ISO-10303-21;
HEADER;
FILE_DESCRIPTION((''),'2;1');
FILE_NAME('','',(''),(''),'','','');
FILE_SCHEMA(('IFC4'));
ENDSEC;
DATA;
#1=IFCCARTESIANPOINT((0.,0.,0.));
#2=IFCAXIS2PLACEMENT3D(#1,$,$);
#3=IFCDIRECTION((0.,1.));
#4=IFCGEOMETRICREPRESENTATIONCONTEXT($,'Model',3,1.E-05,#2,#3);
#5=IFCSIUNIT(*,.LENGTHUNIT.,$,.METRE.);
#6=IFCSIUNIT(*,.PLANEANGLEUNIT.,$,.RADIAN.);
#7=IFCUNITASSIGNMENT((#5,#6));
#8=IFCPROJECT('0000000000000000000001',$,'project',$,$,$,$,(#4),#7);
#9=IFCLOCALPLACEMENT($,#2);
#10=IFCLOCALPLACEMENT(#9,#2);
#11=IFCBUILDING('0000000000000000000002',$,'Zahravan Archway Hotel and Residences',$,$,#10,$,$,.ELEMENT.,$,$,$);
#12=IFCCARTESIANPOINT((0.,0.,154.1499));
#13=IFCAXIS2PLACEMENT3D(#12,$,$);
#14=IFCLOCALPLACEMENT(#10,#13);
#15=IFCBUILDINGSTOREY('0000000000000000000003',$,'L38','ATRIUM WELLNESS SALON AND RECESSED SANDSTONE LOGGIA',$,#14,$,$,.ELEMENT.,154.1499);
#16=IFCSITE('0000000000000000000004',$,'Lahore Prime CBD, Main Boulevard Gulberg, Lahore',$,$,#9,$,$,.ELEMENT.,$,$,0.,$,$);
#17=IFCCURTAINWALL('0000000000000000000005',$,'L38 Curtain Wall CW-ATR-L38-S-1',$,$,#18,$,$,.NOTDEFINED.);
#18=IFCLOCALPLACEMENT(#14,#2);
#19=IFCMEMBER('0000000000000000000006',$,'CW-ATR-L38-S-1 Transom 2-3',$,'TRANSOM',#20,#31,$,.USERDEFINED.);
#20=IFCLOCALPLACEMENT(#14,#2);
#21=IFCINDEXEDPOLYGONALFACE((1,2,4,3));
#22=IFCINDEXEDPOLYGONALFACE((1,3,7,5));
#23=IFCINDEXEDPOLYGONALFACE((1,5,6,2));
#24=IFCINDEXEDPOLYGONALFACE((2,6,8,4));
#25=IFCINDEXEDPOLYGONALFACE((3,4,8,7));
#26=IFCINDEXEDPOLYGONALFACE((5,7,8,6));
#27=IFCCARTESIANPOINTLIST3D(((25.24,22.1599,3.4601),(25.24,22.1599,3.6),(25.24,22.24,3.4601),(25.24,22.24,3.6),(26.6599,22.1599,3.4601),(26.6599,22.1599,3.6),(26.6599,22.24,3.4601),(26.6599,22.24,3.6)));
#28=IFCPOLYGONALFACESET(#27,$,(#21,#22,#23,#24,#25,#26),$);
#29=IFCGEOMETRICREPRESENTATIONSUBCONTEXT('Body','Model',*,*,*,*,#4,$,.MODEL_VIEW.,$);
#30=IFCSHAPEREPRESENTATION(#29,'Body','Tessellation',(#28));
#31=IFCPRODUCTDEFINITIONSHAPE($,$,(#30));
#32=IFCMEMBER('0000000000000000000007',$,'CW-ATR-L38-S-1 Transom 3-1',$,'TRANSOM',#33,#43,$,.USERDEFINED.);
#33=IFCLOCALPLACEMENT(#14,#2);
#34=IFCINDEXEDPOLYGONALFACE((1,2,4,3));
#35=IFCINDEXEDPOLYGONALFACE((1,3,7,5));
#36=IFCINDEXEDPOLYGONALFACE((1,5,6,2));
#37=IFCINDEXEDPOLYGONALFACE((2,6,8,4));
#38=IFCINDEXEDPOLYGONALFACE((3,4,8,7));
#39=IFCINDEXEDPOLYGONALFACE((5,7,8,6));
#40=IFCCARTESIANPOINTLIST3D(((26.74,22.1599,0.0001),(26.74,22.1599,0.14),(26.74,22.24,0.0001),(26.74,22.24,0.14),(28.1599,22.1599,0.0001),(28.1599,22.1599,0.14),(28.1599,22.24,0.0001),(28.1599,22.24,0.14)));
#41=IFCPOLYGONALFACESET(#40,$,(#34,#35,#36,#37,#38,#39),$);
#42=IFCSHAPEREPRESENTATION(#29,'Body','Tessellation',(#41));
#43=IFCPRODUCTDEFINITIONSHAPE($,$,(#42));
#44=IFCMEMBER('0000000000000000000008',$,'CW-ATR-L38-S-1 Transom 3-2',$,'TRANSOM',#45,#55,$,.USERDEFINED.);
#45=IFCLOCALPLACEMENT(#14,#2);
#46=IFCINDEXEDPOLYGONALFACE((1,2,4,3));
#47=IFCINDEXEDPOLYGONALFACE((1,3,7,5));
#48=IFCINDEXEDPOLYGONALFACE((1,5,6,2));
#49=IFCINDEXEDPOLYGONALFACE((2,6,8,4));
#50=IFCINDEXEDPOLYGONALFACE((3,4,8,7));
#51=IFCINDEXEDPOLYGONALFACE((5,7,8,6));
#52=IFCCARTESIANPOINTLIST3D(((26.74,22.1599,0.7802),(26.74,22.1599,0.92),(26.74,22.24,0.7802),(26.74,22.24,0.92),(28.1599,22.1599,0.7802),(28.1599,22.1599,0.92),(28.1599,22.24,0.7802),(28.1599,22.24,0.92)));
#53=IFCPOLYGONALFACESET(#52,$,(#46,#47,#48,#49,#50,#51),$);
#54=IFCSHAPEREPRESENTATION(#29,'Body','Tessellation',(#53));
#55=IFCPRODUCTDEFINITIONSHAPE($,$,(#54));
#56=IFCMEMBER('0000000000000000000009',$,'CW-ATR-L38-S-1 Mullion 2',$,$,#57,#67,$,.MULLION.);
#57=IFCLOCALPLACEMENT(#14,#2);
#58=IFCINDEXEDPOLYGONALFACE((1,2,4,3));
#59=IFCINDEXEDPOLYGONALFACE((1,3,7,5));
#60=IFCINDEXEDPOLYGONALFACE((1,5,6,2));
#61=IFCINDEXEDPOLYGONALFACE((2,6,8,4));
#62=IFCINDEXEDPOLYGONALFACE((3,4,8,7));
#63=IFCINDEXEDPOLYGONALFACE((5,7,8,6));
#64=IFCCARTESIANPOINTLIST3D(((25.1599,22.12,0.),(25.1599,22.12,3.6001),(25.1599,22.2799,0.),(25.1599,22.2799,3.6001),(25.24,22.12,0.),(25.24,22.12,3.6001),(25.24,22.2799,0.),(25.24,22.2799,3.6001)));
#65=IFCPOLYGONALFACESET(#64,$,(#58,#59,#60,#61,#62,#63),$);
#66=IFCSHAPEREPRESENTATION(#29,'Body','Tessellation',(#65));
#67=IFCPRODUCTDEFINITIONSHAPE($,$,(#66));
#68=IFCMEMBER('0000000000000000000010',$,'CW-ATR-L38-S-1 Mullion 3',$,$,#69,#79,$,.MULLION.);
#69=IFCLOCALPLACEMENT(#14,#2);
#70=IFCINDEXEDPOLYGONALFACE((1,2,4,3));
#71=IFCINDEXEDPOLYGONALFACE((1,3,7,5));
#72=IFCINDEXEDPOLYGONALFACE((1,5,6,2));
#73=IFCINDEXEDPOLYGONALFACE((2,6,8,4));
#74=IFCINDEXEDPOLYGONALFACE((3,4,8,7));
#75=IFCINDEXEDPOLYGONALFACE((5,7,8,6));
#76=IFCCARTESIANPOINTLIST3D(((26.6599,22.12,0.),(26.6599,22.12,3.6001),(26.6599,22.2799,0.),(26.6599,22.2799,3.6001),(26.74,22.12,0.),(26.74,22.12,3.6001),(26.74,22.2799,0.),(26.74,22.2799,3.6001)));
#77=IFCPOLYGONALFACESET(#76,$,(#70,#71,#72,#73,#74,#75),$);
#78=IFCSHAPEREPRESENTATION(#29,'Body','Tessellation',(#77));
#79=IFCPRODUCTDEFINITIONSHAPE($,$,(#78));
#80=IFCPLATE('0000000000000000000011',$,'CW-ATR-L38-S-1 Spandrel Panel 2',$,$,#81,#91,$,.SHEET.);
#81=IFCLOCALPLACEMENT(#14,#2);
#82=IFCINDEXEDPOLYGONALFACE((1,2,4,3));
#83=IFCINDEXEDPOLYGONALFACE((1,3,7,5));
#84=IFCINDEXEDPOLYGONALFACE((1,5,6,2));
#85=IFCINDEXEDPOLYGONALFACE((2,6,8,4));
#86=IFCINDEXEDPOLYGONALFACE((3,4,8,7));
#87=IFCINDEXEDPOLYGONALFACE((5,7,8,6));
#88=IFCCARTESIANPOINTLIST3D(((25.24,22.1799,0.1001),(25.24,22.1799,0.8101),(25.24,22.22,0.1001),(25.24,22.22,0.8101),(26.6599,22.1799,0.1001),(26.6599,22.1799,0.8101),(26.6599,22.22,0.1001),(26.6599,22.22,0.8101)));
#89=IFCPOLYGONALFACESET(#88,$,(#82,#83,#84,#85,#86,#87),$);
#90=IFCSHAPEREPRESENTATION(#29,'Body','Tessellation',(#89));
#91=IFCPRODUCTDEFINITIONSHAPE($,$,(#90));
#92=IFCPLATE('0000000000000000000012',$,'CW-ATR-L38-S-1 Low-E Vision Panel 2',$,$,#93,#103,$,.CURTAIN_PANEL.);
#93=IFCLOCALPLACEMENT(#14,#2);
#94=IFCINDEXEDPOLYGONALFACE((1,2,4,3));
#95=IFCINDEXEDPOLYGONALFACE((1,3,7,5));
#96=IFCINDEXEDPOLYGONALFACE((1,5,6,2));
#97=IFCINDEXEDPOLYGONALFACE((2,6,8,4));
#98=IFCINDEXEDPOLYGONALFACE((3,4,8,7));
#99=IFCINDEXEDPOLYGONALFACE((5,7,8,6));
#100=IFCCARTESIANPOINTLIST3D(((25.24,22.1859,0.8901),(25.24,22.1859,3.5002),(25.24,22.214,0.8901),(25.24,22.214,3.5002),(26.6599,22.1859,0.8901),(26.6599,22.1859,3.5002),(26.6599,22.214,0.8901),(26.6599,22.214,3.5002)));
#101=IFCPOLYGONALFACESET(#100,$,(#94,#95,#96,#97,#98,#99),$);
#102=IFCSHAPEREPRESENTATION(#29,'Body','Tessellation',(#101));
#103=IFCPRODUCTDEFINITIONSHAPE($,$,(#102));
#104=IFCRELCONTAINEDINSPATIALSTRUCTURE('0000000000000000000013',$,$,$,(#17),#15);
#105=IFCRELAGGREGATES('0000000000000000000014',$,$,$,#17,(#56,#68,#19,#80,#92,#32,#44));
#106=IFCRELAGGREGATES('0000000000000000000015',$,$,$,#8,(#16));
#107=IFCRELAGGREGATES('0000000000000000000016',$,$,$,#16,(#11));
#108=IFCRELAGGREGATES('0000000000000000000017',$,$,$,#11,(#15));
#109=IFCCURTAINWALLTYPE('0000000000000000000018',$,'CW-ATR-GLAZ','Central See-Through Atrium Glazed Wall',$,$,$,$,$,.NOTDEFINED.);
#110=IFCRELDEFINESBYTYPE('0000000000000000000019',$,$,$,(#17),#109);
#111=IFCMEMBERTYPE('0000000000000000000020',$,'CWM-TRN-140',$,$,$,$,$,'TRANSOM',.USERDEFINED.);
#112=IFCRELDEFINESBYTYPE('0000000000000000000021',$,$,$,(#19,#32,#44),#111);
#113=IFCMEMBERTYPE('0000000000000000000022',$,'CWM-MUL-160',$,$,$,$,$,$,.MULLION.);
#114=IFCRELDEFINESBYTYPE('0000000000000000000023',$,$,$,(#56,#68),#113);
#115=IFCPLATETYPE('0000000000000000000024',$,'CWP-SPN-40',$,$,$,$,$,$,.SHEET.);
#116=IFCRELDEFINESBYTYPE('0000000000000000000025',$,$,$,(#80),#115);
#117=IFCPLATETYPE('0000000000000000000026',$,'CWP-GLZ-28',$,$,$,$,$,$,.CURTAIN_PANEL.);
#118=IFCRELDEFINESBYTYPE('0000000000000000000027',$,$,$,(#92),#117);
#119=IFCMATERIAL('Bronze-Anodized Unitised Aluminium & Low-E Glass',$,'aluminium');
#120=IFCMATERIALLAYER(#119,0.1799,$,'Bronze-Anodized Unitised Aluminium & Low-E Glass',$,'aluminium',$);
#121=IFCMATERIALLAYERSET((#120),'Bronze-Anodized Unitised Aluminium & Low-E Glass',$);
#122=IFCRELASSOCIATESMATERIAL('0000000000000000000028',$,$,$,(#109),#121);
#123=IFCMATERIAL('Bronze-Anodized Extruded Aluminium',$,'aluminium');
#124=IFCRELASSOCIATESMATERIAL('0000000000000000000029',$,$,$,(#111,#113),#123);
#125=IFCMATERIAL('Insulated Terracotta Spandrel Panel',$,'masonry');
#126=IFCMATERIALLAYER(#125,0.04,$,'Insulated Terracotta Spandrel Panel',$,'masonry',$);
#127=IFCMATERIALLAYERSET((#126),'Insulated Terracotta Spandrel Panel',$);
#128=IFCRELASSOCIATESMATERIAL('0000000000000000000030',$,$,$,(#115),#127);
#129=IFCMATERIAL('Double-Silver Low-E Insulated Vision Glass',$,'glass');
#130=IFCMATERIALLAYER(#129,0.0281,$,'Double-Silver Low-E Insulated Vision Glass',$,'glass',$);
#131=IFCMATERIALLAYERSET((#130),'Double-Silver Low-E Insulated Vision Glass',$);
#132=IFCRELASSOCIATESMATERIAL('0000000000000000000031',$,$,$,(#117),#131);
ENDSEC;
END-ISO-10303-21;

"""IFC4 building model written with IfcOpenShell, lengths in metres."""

from ifc_helpers import new_model, si_unit, direction, frame, origin, origin_2d, place, context, subcontext, project, spatial, rectangle, extrude, source, transform, mapped, material, layer, layer_set, material_profile, profile_set, type_object, element, aggregate, save


model = new_model("IFC4")

# Units and contexts
model_context = context("Model", 3, precision=1e-05, world=origin(), true_north=direction((0.0, 1.0)))
body_context = subcontext(model_context, "Body", "Model", "MODEL_VIEW")
ifc_project = project(units=[si_unit("LENGTHUNIT", "METRE"), si_unit("PLANEANGLEUNIT", "RADIAN")], contexts=[model_context])

# Site, building, storey
site_placement = place(None, origin())
site = spatial("IfcSite", under=ifc_project, at=site_placement, Name="Lahore Prime CBD, Main Boulevard Gulberg, Lahore", CompositionType="ELEMENT", RefElevation=0.0)
building_placement = place(site_placement, origin())
building = spatial("IfcBuilding", under=site, at=building_placement, Name="Zahravan Archway Hotel and Residences", CompositionType="ELEMENT")
storey_placement = place(building_placement, frame((0.0, 0.0, 154.1499)))
storey = spatial("IfcBuildingStorey", under=building, at=storey_placement, Name="L38", Description="ATRIUM WELLNESS SALON AND RECESSED SANDSTONE LOGGIA", CompositionType="ELEMENT", Elevation=154.1499)

# Curtain wall, members, plates
ifc_material_1 = material(Name="Bronze-Anodized Unitised Aluminium & Low-E Glass", Category="aluminium")
ifc_layer_1 = layer(ifc_material_1, 0.1799, Name="Bronze-Anodized Unitised Aluminium & Low-E Glass", Category="aluminium")
ifc_layer_set_1 = layer_set([ifc_layer_1], Name="Bronze-Anodized Unitised Aluminium & Low-E Glass")
curtain_wall_type = type_object("IfcCurtainWallType", Name="CW-ATR-GLAZ", Description="Central See-Through Atrium Glazed Wall", PredefinedType="NOTDEFINED", material=ifc_layer_set_1)
curtain_wall_placement = place(storey_placement, origin())
curtain_wall = element("IfcCurtainWall", 1, at=curtain_wall_placement, inside=storey, type_object=curtain_wall_type, Name="L38 Curtain Wall CW-ATR-L38-S-1", PredefinedType="NOTDEFINED")
ifc_material_2 = material(Name="Bronze-Anodized Extruded Aluminium", Category="aluminium")
ifc_material_profile_1 = material_profile(ifc_material_2, rectangle(XDim=0.0801, YDim=0.1399, at=origin_2d()), Name="TRN 80x140", Category="aluminium")
ifc_profile_set_1 = profile_set([ifc_material_profile_1], Name="Bronze-Anodized Extruded Aluminium")
member_type_1 = type_object("IfcMemberType", Name="CWM-TRN-140", ElementType="TRANSOM", PredefinedType="USERDEFINED", material=ifc_profile_set_1)
shared_shape_1 = source(origin(), body_context, "Body", "SweptSolid", [
    extrude(rectangle(XDim=0.0801, YDim=0.1399, at=origin_2d()), origin(), (0.0, 0.0, 1.0), 1.4199),
])
member_1_placement = place(storey_placement, frame((25.24, 22.2, 3.53), z_axis=(1.0, 0.0, 0.0), x_axis=(0.0, 1.0, 0.0)))
member_1 = element("IfcMember", 2, at=member_1_placement, type_object=member_type_1, Name="CW-ATR-L38-S-1 Transom 2-3", ObjectType="TRANSOM", PredefinedType="USERDEFINED", context=body_context, shape_type="MappedRepresentation", body=[
    mapped(shared_shape_1, transform((0.0, 0.0, 0.0), scale=1.0)),
])
member_2_placement = place(storey_placement, frame((26.74, 22.2, 0.0701), z_axis=(1.0, 0.0, 0.0), x_axis=(0.0, 1.0, 0.0)))
member_2 = element("IfcMember", 3, at=member_2_placement, type_object=member_type_1, Name="CW-ATR-L38-S-1 Transom 3-1", ObjectType="TRANSOM", PredefinedType="USERDEFINED", context=body_context, shape_type="MappedRepresentation", body=[
    mapped(shared_shape_1, transform((0.0, 0.0, 0.0), scale=1.0)),
])
member_3_placement = place(storey_placement, frame((26.74, 22.2, 0.8501), z_axis=(1.0, 0.0, 0.0), x_axis=(0.0, 1.0, 0.0)))
member_3 = element("IfcMember", 4, at=member_3_placement, type_object=member_type_1, Name="CW-ATR-L38-S-1 Transom 3-2", ObjectType="TRANSOM", PredefinedType="USERDEFINED", context=body_context, shape_type="MappedRepresentation", body=[
    mapped(shared_shape_1, transform((0.0, 0.0, 0.0), scale=1.0)),
])
ifc_material_profile_2 = material_profile(ifc_material_2, rectangle(XDim=0.0801, YDim=0.1599, at=origin_2d()), Name="MUL 80x160", Category="aluminium")
ifc_profile_set_2 = profile_set([ifc_material_profile_2], Name="Bronze-Anodized Extruded Aluminium")
member_type_2 = type_object("IfcMemberType", Name="CWM-MUL-160", PredefinedType="MULLION", material=ifc_profile_set_2)
shared_shape_2 = source(origin(), body_context, "Body", "SweptSolid", [
    extrude(rectangle(XDim=0.0801, YDim=0.1599, at=origin_2d()), origin(), (0.0, 0.0, 1.0), 3.6001),
])
member_4_placement = place(storey_placement, frame((25.2, 22.2, 0.0), z_axis=(0.0, 0.0, 1.0), x_axis=(1.0, 0.0, 0.0)))
member_4 = element("IfcMember", 5, at=member_4_placement, type_object=member_type_2, Name="CW-ATR-L38-S-1 Mullion 2", PredefinedType="MULLION", context=body_context, shape_type="MappedRepresentation", body=[
    mapped(shared_shape_2, transform((0.0, 0.0, 0.0), scale=1.0)),
])
member_5_placement = place(storey_placement, frame((26.7, 22.2, 0.0), z_axis=(0.0, 0.0, 1.0), x_axis=(1.0, 0.0, 0.0)))
member_5 = element("IfcMember", 6, at=member_5_placement, type_object=member_type_2, Name="CW-ATR-L38-S-1 Mullion 3", PredefinedType="MULLION", context=body_context, shape_type="MappedRepresentation", body=[
    mapped(shared_shape_2, transform((0.0, 0.0, 0.0), scale=1.0)),
])
ifc_material_3 = material(Name="Insulated Terracotta Spandrel Panel", Category="masonry")
ifc_layer_2 = layer(ifc_material_3, 0.04, Name="Insulated Terracotta Spandrel Panel", Category="masonry")
ifc_layer_set_2 = layer_set([ifc_layer_2], Name="Insulated Terracotta Spandrel Panel")
plate_type_1 = type_object("IfcPlateType", Name="CWP-SPN-40", PredefinedType="SHEET", material=ifc_layer_set_2)
shared_shape_3 = source(origin(), body_context, "Body", "SweptSolid", [
    extrude(rectangle(XDim=1.4199, YDim=0.04, at=origin_2d()), origin(), (0.0, 0.0, 1.0), 0.71),
])
plate_1_placement = place(storey_placement, frame((25.95, 22.2, 0.1001), z_axis=(0.0, 0.0, 1.0), x_axis=(1.0, 0.0, 0.0)))
plate_1 = element("IfcPlate", 7, at=plate_1_placement, type_object=plate_type_1, Name="CW-ATR-L38-S-1 Spandrel Panel 2", PredefinedType="SHEET", context=body_context, shape_type="MappedRepresentation", body=[
    mapped(shared_shape_3, transform((0.0, 0.0, 0.0), scale=1.0)),
])
ifc_material_4 = material(Name="Double-Silver Low-E Insulated Vision Glass", Category="glass")
ifc_layer_3 = layer(ifc_material_4, 0.0281, Name="Double-Silver Low-E Insulated Vision Glass", Category="glass")
ifc_layer_set_3 = layer_set([ifc_layer_3], Name="Double-Silver Low-E Insulated Vision Glass")
plate_type_2 = type_object("IfcPlateType", Name="CWP-GLZ-28", PredefinedType="CURTAIN_PANEL", material=ifc_layer_set_3)
shared_shape_4 = source(origin(), body_context, "Body", "SweptSolid", [
    extrude(rectangle(XDim=1.4199, YDim=0.0281, at=origin_2d()), origin(), (0.0, 0.0, 1.0), 2.6101),
])
plate_2_placement = place(storey_placement, frame((25.95, 22.2, 0.8901), z_axis=(0.0, 0.0, 1.0), x_axis=(1.0, 0.0, 0.0)))
plate_2 = element("IfcPlate", 8, at=plate_2_placement, type_object=plate_type_2, Name="CW-ATR-L38-S-1 Low-E Vision Panel 2", PredefinedType="CURTAIN_PANEL", context=body_context, shape_type="MappedRepresentation", body=[
    mapped(shared_shape_4, transform((0.0, 0.0, 0.0), scale=1.0)),
])
aggregate(curtain_wall, [member_4, member_5, member_1, plate_1, plate_2, member_2, member_3])

save(model, "model.ifc")
